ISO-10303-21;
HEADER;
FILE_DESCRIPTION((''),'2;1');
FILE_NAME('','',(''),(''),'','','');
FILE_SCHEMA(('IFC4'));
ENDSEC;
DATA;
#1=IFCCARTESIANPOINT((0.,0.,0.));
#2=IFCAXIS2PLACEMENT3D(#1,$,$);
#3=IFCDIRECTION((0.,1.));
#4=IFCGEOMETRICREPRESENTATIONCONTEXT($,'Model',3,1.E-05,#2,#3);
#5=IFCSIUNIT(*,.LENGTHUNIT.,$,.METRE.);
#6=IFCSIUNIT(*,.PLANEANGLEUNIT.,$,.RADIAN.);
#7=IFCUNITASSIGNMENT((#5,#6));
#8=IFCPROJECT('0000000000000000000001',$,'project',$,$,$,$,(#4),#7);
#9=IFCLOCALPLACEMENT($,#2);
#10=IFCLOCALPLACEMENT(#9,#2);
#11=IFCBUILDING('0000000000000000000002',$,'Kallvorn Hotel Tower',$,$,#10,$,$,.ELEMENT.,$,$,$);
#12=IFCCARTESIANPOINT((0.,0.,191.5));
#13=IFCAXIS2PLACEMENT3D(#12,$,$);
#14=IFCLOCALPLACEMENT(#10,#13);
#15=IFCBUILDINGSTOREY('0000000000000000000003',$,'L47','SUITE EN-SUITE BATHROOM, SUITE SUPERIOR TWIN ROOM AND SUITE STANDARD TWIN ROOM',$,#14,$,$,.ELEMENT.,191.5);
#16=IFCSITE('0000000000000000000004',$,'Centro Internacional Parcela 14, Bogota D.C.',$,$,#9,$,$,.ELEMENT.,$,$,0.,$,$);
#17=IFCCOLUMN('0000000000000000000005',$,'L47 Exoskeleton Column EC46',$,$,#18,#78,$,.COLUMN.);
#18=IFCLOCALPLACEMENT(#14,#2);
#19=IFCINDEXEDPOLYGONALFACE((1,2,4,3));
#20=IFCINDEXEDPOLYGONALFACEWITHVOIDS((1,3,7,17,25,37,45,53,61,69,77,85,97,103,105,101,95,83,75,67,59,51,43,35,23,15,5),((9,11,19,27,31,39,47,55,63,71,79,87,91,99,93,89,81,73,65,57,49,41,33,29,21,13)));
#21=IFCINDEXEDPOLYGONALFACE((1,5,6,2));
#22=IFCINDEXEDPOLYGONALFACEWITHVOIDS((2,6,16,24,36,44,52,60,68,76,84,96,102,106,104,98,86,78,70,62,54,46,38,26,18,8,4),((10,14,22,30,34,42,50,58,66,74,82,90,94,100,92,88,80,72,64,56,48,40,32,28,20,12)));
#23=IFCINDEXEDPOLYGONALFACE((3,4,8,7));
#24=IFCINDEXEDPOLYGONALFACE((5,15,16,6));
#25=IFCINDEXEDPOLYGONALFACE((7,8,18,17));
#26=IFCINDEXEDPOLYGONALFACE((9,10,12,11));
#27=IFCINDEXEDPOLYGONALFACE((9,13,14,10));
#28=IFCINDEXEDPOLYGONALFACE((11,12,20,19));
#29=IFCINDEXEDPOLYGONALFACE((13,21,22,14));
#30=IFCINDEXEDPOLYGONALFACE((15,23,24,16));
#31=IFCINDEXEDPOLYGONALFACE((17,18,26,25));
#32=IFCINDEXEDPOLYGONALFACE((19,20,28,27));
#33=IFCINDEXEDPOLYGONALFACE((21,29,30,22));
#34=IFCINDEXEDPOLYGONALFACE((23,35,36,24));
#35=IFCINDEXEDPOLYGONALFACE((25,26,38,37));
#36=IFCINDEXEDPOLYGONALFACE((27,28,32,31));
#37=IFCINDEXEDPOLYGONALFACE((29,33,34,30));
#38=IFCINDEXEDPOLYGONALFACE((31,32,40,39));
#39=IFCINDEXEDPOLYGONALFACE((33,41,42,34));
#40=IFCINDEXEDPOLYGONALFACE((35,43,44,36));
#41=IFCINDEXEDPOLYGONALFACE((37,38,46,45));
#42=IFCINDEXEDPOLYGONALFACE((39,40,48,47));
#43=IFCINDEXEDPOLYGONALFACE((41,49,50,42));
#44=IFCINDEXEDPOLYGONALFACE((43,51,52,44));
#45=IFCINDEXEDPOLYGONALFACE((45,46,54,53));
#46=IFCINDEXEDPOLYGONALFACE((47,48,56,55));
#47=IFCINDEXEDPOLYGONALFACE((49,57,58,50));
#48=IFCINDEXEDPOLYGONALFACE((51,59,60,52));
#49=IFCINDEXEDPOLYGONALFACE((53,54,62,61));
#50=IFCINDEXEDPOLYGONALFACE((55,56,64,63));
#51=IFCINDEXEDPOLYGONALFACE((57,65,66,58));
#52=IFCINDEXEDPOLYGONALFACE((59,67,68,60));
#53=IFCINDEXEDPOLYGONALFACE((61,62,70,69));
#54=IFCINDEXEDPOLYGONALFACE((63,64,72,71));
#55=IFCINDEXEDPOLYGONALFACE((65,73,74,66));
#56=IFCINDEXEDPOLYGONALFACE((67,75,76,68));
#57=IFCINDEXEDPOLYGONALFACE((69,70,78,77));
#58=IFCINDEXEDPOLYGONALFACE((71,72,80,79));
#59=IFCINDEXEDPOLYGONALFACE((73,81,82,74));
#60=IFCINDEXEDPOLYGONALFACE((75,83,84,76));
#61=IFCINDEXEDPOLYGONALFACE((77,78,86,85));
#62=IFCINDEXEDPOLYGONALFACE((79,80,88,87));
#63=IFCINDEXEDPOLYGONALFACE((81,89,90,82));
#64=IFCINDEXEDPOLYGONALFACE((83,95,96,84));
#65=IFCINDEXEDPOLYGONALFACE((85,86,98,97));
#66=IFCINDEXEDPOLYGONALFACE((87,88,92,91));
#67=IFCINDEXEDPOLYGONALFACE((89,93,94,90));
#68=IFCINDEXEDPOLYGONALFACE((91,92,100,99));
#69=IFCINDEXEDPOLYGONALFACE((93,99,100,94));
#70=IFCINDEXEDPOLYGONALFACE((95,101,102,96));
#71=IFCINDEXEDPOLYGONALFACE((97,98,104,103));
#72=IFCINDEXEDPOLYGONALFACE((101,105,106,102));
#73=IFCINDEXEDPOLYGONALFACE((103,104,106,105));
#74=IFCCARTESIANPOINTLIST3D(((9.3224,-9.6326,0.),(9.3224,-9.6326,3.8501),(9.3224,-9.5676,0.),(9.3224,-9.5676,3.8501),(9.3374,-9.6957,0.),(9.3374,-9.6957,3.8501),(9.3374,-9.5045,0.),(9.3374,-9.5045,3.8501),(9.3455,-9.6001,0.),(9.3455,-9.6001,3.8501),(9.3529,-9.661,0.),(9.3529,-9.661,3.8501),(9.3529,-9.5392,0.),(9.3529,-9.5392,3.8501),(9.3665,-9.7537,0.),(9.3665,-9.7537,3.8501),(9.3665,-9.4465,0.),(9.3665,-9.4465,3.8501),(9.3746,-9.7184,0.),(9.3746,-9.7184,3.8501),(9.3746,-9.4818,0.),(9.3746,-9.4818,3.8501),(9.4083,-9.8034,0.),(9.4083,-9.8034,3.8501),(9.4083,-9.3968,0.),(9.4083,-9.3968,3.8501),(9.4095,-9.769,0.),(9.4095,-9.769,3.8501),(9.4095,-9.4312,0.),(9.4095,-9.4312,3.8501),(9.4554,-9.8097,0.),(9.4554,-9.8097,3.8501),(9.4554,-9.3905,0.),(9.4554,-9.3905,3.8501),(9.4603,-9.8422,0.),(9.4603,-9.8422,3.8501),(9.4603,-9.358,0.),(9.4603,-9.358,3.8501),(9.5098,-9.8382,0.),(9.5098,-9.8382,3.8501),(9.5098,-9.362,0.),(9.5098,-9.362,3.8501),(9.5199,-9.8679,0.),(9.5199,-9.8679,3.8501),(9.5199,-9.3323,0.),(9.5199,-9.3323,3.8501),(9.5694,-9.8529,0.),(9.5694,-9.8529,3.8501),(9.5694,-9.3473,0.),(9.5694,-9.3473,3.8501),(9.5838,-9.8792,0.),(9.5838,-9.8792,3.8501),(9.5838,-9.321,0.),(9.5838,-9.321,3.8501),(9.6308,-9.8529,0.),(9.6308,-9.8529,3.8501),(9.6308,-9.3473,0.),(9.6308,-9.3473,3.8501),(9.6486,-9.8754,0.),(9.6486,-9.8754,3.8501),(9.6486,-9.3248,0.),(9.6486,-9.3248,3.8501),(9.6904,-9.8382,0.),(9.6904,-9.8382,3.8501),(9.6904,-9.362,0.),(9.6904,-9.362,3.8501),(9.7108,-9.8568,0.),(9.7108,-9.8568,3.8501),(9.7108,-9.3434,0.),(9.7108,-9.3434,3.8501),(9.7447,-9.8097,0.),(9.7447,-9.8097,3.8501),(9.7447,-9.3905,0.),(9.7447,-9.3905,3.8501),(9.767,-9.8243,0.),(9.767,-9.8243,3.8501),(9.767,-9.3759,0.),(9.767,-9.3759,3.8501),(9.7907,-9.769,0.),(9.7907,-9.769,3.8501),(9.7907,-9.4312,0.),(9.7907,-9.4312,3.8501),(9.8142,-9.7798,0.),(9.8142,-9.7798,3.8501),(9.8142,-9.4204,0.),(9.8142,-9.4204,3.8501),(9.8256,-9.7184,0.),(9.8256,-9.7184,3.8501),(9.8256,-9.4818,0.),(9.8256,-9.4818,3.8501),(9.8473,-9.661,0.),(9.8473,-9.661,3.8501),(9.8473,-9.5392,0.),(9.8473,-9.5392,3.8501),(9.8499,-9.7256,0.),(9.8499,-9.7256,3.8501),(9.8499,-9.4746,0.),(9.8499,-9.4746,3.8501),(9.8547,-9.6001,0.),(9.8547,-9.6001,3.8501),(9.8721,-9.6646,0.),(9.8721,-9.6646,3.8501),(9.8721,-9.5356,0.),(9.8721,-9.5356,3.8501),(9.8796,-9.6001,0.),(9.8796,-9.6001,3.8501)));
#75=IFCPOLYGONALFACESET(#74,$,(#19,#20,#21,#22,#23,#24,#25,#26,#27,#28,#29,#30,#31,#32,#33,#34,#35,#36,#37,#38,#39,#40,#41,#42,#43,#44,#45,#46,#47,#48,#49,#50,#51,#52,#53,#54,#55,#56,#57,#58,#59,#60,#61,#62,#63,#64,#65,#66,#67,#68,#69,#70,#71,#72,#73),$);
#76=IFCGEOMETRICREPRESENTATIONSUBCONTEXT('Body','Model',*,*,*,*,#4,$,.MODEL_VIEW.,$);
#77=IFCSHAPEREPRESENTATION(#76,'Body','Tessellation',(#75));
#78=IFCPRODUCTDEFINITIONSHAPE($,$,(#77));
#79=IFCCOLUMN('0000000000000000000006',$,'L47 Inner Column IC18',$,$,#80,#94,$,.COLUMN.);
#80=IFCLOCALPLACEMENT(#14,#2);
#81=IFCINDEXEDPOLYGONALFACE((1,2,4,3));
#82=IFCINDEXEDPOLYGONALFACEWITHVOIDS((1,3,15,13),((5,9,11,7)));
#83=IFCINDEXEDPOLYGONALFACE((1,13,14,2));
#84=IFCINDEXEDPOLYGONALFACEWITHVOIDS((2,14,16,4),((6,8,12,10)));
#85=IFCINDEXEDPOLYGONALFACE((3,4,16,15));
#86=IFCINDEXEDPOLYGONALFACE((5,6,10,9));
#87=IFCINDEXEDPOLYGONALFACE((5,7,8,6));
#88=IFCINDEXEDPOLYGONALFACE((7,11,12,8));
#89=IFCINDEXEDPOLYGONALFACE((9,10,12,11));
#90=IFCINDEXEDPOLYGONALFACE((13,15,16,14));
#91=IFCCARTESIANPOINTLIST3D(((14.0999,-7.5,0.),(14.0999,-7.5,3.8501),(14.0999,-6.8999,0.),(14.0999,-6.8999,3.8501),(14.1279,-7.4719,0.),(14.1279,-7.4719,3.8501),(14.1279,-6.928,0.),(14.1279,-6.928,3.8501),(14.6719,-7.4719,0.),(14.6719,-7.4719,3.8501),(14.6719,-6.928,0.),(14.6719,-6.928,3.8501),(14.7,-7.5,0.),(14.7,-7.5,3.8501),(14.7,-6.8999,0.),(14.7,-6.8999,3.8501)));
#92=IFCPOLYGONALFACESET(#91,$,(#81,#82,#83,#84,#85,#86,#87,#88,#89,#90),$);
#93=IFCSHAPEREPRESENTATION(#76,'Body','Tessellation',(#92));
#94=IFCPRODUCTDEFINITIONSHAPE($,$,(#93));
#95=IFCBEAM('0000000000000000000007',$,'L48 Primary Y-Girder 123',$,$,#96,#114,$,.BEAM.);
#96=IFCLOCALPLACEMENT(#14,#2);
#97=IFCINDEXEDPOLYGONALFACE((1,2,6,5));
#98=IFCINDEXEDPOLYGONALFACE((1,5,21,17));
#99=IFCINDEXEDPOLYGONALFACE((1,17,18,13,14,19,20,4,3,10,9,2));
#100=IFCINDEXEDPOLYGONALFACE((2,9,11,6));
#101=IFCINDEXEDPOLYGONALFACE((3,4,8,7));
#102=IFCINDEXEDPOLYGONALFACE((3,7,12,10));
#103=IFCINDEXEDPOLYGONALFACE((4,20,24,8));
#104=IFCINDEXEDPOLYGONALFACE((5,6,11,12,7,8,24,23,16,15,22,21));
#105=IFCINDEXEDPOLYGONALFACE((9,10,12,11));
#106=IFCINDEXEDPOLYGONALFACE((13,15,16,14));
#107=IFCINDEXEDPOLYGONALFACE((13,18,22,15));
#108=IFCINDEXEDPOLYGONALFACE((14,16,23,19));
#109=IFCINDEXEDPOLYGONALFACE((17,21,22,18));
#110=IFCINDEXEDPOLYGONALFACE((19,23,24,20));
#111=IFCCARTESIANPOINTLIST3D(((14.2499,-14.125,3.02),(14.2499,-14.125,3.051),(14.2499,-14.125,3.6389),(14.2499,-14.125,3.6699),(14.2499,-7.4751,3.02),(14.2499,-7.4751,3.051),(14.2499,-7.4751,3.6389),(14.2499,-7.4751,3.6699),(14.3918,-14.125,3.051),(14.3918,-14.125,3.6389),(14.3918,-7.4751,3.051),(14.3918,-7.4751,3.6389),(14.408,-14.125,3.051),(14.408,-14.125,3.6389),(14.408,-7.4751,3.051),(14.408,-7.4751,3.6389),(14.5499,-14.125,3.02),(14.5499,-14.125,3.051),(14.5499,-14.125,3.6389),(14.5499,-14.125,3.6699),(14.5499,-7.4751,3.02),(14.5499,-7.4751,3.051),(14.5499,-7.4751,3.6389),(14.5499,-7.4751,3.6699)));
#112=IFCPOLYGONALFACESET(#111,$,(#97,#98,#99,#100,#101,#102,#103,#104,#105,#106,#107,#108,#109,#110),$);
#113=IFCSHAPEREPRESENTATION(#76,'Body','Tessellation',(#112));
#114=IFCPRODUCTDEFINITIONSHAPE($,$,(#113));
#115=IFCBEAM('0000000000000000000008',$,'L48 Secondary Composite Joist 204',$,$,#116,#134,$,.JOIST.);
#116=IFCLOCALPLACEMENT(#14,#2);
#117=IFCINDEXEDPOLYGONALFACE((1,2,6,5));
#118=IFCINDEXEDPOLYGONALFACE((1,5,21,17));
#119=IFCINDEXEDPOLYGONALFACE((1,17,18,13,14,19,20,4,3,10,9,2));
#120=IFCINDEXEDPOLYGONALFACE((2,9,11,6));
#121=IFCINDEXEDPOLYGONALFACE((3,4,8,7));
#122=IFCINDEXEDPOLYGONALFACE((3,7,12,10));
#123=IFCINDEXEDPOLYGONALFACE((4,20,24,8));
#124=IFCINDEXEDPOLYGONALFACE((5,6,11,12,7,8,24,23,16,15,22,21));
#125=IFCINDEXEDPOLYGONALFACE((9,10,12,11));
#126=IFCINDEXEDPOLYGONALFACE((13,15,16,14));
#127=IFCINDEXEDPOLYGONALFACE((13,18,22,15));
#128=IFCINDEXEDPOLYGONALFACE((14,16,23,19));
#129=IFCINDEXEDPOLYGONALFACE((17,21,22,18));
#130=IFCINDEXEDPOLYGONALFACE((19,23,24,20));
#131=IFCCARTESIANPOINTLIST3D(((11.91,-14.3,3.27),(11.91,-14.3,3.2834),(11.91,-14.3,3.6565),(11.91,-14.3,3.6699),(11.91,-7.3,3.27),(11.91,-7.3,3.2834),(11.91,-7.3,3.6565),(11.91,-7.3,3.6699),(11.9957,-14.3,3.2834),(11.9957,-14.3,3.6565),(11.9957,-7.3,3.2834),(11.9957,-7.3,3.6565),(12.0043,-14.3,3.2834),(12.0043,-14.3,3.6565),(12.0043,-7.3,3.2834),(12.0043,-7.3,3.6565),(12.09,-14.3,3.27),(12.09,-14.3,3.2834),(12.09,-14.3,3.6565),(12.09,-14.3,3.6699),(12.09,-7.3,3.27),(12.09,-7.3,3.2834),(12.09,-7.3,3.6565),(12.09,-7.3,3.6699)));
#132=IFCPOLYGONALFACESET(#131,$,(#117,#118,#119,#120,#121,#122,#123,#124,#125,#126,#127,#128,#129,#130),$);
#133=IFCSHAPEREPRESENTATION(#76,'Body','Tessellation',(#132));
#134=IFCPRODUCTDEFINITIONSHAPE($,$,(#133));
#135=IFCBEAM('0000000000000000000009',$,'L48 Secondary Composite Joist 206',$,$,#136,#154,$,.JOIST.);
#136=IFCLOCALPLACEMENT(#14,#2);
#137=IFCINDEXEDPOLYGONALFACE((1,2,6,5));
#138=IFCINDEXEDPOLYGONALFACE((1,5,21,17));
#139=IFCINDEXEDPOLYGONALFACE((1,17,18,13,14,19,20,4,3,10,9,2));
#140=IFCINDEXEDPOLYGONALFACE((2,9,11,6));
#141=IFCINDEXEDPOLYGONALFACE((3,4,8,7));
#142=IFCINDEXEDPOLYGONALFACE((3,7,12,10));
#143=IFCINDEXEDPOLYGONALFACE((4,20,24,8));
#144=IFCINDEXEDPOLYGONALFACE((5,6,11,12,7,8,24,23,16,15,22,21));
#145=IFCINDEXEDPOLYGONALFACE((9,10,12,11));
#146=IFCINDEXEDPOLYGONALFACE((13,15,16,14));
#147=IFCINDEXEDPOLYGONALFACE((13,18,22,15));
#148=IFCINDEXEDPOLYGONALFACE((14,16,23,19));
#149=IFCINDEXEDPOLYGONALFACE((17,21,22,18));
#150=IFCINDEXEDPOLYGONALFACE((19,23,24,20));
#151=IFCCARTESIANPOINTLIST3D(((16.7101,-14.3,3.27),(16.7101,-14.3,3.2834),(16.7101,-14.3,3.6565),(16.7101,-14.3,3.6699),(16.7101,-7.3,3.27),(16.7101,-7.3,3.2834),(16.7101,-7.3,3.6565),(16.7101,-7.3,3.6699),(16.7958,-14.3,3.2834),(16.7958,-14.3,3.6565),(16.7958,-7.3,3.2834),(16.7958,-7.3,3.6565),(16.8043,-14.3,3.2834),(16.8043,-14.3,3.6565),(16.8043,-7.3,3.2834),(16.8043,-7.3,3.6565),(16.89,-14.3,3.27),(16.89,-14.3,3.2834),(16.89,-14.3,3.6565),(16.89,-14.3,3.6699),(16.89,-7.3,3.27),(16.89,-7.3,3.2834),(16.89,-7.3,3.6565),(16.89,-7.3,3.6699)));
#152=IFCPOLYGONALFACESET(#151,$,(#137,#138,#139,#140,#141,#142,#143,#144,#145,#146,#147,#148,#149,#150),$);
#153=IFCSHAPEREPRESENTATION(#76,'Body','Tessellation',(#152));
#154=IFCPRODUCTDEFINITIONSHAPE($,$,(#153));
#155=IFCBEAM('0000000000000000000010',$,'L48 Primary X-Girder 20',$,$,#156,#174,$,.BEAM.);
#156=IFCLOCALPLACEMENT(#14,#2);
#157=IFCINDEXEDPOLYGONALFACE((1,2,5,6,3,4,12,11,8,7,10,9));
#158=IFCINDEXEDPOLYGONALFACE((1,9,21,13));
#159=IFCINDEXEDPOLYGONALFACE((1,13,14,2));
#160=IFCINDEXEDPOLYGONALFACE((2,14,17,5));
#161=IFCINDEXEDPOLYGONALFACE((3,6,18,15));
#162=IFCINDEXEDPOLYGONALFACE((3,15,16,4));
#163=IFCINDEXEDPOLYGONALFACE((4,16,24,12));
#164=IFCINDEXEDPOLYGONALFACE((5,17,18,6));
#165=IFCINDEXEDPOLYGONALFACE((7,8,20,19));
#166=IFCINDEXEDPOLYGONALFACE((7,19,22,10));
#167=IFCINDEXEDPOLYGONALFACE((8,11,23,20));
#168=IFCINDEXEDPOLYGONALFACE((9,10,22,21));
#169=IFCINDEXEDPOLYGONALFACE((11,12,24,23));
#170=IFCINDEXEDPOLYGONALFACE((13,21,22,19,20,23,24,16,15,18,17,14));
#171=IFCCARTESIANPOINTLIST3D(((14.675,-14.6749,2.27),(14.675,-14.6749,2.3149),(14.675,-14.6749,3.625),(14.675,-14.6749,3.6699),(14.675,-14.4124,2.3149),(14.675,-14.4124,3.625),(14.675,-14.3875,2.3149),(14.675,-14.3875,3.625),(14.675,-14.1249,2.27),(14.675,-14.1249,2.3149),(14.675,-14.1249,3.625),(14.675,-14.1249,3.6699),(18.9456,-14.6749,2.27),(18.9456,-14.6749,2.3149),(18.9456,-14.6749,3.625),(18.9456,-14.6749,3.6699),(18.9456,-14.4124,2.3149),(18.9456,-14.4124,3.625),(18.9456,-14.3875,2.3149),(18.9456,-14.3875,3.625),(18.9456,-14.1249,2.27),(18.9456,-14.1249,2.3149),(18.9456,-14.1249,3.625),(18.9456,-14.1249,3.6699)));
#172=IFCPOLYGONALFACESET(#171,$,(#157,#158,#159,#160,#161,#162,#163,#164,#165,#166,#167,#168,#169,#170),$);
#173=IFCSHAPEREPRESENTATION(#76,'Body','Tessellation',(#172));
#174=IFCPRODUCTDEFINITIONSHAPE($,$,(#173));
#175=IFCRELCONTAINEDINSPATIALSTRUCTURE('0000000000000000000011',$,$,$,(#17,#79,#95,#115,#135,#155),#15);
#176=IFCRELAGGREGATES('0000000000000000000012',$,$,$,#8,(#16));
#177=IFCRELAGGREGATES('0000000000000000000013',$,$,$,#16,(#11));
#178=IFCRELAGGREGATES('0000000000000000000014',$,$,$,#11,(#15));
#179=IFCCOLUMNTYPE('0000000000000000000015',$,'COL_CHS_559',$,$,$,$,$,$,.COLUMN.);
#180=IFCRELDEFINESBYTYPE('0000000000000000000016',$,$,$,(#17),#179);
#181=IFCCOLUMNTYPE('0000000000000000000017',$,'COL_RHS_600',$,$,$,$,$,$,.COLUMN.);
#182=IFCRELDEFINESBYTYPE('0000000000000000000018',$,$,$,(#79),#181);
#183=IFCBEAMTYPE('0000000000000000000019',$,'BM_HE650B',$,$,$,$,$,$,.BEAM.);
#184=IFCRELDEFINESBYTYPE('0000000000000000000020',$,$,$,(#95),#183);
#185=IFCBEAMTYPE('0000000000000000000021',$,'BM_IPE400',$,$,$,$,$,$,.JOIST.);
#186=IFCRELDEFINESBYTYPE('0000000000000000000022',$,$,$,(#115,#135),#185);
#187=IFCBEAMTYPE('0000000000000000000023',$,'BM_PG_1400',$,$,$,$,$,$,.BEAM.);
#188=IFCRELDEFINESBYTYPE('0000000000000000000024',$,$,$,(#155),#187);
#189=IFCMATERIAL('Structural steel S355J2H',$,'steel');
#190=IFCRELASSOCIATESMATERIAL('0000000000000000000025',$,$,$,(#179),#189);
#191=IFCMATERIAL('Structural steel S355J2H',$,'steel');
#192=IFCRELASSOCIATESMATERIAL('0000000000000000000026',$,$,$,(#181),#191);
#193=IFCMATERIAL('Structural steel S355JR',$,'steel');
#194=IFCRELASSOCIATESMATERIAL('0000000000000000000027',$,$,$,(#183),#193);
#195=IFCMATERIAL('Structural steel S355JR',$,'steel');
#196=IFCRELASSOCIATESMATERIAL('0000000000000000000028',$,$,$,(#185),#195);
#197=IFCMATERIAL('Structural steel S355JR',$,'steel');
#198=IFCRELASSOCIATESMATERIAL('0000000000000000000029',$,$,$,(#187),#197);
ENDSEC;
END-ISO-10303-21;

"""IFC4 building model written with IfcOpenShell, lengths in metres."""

from ifc_helpers import new_model, si_unit, direction, frame, origin, origin_2d, place, context, subcontext, project, spatial, hollow_rectangle, hollow_circle, i_section, extrude, material, material_profile, profile_set, type_object, element, save


model = new_model("IFC4")

# Units and contexts
model_context = context("Model", 3, precision=1e-05, world=origin(), true_north=direction((0.0, 1.0)))
body_context = subcontext(model_context, "Body", "Model", "MODEL_VIEW")
ifc_project = project(units=[si_unit("LENGTHUNIT", "METRE"), si_unit("PLANEANGLEUNIT", "RADIAN")], contexts=[model_context])

# Site, building, storey
site_placement = place(None, origin())
site = spatial("IfcSite", under=ifc_project, at=site_placement, Name="Centro Internacional Parcela 14, Bogota D.C.", CompositionType="ELEMENT", RefElevation=0.0)
building_placement = place(site_placement, origin())
building = spatial("IfcBuilding", under=site, at=building_placement, Name="Kallvorn Hotel Tower", CompositionType="ELEMENT")
storey_placement = place(building_placement, frame((0.0, 0.0, 191.5)))
storey = spatial("IfcBuildingStorey", under=building, at=storey_placement, Name="L47", Description="SUITE EN-SUITE BATHROOM, SUITE SUPERIOR TWIN ROOM AND SUITE STANDARD TWIN ROOM", CompositionType="ELEMENT", Elevation=191.5)

# Columns
ifc_material_1 = material(Name="Structural steel S355J2H", Category="steel")
ifc_material_profile_1 = material_profile(ifc_material_1, hollow_circle(Radius=0.2795, WallThickness=0.0249, at=origin_2d()), Name="CHS 559x25")
ifc_profile_set_1 = profile_set([ifc_material_profile_1], Name="Structural steel S355J2H")
column_type_1 = type_object("IfcColumnType", Name="COL_CHS_559", PredefinedType="COLUMN", material=ifc_profile_set_1)
column_1_placement = place(storey_placement, frame((9.6001, -9.6001, 0.0), z_axis=(0.0, 0.0, 1.0), x_axis=(1.0, 0.0, 0.0)))
element("IfcColumn", 1, at=column_1_placement, inside=storey, type_object=column_type_1, Name="L47 Exoskeleton Column EC46", PredefinedType="COLUMN", context=body_context, shape_type="SweptSolid", body=[
    extrude(hollow_circle(Radius=0.2795, WallThickness=0.0249, at=origin_2d()), origin(), (0.0, 0.0, 1.0), 3.8501),
])
ifc_material_2 = material(Name="Structural steel S355J2H", Category="steel")
ifc_material_profile_2 = material_profile(ifc_material_2, hollow_rectangle(XDim=0.6001, YDim=0.6001, WallThickness=0.0281, at=origin_2d()), Name="RHS 600x600x28")
ifc_profile_set_2 = profile_set([ifc_material_profile_2], Name="Structural steel S355J2H")
column_type_2 = type_object("IfcColumnType", Name="COL_RHS_600", PredefinedType="COLUMN", material=ifc_profile_set_2)
column_2_placement = place(storey_placement, frame((14.3999, -7.2, 0.0), z_axis=(0.0, 0.0, 1.0), x_axis=(1.0, 0.0, 0.0)))
element("IfcColumn", 2, at=column_2_placement, inside=storey, type_object=column_type_2, Name="L47 Inner Column IC18", PredefinedType="COLUMN", context=body_context, shape_type="SweptSolid", body=[
    extrude(hollow_rectangle(XDim=0.6001, YDim=0.6001, WallThickness=0.0281, at=origin_2d()), origin(), (0.0, 0.0, 1.0), 3.8501),
])

# Beams
ifc_material_3 = material(Name="Structural steel S355JR", Category="steel")
ifc_material_profile_3 = material_profile(ifc_material_3, i_section(OverallWidth=0.3, OverallDepth=0.6499, WebThickness=0.0161, FlangeThickness=0.031, at=origin_2d()), Name="HE 650 B")
ifc_profile_set_3 = profile_set([ifc_material_profile_3], Name="Structural steel S355JR")
beam_type_1 = type_object("IfcBeamType", Name="BM_HE650B", PredefinedType="BEAM", material=ifc_profile_set_3)
beam_1_placement = place(storey_placement, frame((14.3999, -14.125, 3.345), z_axis=(0.0, 1.0, 0.0), x_axis=(-1.0, 0.0, 0.0)))
element("IfcBeam", 3, at=beam_1_placement, inside=storey, type_object=beam_type_1, Name="L48 Primary Y-Girder 123", PredefinedType="BEAM", context=body_context, shape_type="SweptSolid", body=[
    extrude(i_section(OverallWidth=0.3, OverallDepth=0.6499, WebThickness=0.0161, FlangeThickness=0.031, at=origin_2d()), origin(), (0.0, 0.0, 1.0), 6.6499),
])
ifc_material_4 = material(Name="Structural steel S355JR", Category="steel")
ifc_material_profile_4 = material_profile(ifc_material_4, i_section(OverallWidth=0.1799, OverallDepth=0.3999, WebThickness=0.0085, FlangeThickness=0.0134, at=origin_2d()), Name="IPE 400")
ifc_profile_set_4 = profile_set([ifc_material_profile_4], Name="Structural steel S355JR")
beam_type_2 = type_object("IfcBeamType", Name="BM_IPE400", PredefinedType="JOIST", material=ifc_profile_set_4)
for number, where, z_axis, x_axis, name in (
    (4, (12.0, -14.3, 3.47), (0.0, 1.0, 0.0), (-1.0, 0.0, 0.0), "L48 Secondary Composite Joist 204"),
    (5, (16.8, -14.3, 3.47), (0.0, 1.0, 0.0), (-1.0, 0.0, 0.0), "L48 Secondary Composite Joist 206"),
):
    element("IfcBeam", number, at=place(storey_placement, frame(where, z_axis=z_axis, x_axis=x_axis)), inside=storey, type_object=beam_type_2, Name=name, PredefinedType="JOIST", context=body_context, shape_type="SweptSolid", body=[
        extrude(i_section(OverallWidth=0.1799, OverallDepth=0.3999, WebThickness=0.0085, FlangeThickness=0.0134, at=origin_2d()), origin(), (0.0, 0.0, 1.0), 7.0),
    ])
ifc_material_5 = material(Name="Structural steel S355JR", Category="steel")
ifc_material_profile_5 = material_profile(ifc_material_5, i_section(OverallWidth=0.55, OverallDepth=1.3999, WebThickness=0.0249, FlangeThickness=0.0449, at=origin_2d()), Name="PG 1400x550x25x45")
ifc_profile_set_5 = profile_set([ifc_material_profile_5], Name="Structural steel S355JR")
beam_type_3 = type_object("IfcBeamType", Name="BM_PG_1400", PredefinedType="BEAM", material=ifc_profile_set_5)
beam_2_placement = place(storey_placement, frame((14.675, -14.3999, 2.97), z_axis=(1.0, 0.0, 0.0), x_axis=(0.0, 1.0, 0.0)))
element("IfcBeam", 6, at=beam_2_placement, inside=storey, type_object=beam_type_3, Name="L48 Primary X-Girder 20", PredefinedType="BEAM", context=body_context, shape_type="SweptSolid", body=[
    extrude(i_section(OverallWidth=0.55, OverallDepth=1.3999, WebThickness=0.0249, FlangeThickness=0.0449, at=origin_2d()), origin(), (0.0, 0.0, 1.0), 4.2705),
])

save(model, "model.ifc")
